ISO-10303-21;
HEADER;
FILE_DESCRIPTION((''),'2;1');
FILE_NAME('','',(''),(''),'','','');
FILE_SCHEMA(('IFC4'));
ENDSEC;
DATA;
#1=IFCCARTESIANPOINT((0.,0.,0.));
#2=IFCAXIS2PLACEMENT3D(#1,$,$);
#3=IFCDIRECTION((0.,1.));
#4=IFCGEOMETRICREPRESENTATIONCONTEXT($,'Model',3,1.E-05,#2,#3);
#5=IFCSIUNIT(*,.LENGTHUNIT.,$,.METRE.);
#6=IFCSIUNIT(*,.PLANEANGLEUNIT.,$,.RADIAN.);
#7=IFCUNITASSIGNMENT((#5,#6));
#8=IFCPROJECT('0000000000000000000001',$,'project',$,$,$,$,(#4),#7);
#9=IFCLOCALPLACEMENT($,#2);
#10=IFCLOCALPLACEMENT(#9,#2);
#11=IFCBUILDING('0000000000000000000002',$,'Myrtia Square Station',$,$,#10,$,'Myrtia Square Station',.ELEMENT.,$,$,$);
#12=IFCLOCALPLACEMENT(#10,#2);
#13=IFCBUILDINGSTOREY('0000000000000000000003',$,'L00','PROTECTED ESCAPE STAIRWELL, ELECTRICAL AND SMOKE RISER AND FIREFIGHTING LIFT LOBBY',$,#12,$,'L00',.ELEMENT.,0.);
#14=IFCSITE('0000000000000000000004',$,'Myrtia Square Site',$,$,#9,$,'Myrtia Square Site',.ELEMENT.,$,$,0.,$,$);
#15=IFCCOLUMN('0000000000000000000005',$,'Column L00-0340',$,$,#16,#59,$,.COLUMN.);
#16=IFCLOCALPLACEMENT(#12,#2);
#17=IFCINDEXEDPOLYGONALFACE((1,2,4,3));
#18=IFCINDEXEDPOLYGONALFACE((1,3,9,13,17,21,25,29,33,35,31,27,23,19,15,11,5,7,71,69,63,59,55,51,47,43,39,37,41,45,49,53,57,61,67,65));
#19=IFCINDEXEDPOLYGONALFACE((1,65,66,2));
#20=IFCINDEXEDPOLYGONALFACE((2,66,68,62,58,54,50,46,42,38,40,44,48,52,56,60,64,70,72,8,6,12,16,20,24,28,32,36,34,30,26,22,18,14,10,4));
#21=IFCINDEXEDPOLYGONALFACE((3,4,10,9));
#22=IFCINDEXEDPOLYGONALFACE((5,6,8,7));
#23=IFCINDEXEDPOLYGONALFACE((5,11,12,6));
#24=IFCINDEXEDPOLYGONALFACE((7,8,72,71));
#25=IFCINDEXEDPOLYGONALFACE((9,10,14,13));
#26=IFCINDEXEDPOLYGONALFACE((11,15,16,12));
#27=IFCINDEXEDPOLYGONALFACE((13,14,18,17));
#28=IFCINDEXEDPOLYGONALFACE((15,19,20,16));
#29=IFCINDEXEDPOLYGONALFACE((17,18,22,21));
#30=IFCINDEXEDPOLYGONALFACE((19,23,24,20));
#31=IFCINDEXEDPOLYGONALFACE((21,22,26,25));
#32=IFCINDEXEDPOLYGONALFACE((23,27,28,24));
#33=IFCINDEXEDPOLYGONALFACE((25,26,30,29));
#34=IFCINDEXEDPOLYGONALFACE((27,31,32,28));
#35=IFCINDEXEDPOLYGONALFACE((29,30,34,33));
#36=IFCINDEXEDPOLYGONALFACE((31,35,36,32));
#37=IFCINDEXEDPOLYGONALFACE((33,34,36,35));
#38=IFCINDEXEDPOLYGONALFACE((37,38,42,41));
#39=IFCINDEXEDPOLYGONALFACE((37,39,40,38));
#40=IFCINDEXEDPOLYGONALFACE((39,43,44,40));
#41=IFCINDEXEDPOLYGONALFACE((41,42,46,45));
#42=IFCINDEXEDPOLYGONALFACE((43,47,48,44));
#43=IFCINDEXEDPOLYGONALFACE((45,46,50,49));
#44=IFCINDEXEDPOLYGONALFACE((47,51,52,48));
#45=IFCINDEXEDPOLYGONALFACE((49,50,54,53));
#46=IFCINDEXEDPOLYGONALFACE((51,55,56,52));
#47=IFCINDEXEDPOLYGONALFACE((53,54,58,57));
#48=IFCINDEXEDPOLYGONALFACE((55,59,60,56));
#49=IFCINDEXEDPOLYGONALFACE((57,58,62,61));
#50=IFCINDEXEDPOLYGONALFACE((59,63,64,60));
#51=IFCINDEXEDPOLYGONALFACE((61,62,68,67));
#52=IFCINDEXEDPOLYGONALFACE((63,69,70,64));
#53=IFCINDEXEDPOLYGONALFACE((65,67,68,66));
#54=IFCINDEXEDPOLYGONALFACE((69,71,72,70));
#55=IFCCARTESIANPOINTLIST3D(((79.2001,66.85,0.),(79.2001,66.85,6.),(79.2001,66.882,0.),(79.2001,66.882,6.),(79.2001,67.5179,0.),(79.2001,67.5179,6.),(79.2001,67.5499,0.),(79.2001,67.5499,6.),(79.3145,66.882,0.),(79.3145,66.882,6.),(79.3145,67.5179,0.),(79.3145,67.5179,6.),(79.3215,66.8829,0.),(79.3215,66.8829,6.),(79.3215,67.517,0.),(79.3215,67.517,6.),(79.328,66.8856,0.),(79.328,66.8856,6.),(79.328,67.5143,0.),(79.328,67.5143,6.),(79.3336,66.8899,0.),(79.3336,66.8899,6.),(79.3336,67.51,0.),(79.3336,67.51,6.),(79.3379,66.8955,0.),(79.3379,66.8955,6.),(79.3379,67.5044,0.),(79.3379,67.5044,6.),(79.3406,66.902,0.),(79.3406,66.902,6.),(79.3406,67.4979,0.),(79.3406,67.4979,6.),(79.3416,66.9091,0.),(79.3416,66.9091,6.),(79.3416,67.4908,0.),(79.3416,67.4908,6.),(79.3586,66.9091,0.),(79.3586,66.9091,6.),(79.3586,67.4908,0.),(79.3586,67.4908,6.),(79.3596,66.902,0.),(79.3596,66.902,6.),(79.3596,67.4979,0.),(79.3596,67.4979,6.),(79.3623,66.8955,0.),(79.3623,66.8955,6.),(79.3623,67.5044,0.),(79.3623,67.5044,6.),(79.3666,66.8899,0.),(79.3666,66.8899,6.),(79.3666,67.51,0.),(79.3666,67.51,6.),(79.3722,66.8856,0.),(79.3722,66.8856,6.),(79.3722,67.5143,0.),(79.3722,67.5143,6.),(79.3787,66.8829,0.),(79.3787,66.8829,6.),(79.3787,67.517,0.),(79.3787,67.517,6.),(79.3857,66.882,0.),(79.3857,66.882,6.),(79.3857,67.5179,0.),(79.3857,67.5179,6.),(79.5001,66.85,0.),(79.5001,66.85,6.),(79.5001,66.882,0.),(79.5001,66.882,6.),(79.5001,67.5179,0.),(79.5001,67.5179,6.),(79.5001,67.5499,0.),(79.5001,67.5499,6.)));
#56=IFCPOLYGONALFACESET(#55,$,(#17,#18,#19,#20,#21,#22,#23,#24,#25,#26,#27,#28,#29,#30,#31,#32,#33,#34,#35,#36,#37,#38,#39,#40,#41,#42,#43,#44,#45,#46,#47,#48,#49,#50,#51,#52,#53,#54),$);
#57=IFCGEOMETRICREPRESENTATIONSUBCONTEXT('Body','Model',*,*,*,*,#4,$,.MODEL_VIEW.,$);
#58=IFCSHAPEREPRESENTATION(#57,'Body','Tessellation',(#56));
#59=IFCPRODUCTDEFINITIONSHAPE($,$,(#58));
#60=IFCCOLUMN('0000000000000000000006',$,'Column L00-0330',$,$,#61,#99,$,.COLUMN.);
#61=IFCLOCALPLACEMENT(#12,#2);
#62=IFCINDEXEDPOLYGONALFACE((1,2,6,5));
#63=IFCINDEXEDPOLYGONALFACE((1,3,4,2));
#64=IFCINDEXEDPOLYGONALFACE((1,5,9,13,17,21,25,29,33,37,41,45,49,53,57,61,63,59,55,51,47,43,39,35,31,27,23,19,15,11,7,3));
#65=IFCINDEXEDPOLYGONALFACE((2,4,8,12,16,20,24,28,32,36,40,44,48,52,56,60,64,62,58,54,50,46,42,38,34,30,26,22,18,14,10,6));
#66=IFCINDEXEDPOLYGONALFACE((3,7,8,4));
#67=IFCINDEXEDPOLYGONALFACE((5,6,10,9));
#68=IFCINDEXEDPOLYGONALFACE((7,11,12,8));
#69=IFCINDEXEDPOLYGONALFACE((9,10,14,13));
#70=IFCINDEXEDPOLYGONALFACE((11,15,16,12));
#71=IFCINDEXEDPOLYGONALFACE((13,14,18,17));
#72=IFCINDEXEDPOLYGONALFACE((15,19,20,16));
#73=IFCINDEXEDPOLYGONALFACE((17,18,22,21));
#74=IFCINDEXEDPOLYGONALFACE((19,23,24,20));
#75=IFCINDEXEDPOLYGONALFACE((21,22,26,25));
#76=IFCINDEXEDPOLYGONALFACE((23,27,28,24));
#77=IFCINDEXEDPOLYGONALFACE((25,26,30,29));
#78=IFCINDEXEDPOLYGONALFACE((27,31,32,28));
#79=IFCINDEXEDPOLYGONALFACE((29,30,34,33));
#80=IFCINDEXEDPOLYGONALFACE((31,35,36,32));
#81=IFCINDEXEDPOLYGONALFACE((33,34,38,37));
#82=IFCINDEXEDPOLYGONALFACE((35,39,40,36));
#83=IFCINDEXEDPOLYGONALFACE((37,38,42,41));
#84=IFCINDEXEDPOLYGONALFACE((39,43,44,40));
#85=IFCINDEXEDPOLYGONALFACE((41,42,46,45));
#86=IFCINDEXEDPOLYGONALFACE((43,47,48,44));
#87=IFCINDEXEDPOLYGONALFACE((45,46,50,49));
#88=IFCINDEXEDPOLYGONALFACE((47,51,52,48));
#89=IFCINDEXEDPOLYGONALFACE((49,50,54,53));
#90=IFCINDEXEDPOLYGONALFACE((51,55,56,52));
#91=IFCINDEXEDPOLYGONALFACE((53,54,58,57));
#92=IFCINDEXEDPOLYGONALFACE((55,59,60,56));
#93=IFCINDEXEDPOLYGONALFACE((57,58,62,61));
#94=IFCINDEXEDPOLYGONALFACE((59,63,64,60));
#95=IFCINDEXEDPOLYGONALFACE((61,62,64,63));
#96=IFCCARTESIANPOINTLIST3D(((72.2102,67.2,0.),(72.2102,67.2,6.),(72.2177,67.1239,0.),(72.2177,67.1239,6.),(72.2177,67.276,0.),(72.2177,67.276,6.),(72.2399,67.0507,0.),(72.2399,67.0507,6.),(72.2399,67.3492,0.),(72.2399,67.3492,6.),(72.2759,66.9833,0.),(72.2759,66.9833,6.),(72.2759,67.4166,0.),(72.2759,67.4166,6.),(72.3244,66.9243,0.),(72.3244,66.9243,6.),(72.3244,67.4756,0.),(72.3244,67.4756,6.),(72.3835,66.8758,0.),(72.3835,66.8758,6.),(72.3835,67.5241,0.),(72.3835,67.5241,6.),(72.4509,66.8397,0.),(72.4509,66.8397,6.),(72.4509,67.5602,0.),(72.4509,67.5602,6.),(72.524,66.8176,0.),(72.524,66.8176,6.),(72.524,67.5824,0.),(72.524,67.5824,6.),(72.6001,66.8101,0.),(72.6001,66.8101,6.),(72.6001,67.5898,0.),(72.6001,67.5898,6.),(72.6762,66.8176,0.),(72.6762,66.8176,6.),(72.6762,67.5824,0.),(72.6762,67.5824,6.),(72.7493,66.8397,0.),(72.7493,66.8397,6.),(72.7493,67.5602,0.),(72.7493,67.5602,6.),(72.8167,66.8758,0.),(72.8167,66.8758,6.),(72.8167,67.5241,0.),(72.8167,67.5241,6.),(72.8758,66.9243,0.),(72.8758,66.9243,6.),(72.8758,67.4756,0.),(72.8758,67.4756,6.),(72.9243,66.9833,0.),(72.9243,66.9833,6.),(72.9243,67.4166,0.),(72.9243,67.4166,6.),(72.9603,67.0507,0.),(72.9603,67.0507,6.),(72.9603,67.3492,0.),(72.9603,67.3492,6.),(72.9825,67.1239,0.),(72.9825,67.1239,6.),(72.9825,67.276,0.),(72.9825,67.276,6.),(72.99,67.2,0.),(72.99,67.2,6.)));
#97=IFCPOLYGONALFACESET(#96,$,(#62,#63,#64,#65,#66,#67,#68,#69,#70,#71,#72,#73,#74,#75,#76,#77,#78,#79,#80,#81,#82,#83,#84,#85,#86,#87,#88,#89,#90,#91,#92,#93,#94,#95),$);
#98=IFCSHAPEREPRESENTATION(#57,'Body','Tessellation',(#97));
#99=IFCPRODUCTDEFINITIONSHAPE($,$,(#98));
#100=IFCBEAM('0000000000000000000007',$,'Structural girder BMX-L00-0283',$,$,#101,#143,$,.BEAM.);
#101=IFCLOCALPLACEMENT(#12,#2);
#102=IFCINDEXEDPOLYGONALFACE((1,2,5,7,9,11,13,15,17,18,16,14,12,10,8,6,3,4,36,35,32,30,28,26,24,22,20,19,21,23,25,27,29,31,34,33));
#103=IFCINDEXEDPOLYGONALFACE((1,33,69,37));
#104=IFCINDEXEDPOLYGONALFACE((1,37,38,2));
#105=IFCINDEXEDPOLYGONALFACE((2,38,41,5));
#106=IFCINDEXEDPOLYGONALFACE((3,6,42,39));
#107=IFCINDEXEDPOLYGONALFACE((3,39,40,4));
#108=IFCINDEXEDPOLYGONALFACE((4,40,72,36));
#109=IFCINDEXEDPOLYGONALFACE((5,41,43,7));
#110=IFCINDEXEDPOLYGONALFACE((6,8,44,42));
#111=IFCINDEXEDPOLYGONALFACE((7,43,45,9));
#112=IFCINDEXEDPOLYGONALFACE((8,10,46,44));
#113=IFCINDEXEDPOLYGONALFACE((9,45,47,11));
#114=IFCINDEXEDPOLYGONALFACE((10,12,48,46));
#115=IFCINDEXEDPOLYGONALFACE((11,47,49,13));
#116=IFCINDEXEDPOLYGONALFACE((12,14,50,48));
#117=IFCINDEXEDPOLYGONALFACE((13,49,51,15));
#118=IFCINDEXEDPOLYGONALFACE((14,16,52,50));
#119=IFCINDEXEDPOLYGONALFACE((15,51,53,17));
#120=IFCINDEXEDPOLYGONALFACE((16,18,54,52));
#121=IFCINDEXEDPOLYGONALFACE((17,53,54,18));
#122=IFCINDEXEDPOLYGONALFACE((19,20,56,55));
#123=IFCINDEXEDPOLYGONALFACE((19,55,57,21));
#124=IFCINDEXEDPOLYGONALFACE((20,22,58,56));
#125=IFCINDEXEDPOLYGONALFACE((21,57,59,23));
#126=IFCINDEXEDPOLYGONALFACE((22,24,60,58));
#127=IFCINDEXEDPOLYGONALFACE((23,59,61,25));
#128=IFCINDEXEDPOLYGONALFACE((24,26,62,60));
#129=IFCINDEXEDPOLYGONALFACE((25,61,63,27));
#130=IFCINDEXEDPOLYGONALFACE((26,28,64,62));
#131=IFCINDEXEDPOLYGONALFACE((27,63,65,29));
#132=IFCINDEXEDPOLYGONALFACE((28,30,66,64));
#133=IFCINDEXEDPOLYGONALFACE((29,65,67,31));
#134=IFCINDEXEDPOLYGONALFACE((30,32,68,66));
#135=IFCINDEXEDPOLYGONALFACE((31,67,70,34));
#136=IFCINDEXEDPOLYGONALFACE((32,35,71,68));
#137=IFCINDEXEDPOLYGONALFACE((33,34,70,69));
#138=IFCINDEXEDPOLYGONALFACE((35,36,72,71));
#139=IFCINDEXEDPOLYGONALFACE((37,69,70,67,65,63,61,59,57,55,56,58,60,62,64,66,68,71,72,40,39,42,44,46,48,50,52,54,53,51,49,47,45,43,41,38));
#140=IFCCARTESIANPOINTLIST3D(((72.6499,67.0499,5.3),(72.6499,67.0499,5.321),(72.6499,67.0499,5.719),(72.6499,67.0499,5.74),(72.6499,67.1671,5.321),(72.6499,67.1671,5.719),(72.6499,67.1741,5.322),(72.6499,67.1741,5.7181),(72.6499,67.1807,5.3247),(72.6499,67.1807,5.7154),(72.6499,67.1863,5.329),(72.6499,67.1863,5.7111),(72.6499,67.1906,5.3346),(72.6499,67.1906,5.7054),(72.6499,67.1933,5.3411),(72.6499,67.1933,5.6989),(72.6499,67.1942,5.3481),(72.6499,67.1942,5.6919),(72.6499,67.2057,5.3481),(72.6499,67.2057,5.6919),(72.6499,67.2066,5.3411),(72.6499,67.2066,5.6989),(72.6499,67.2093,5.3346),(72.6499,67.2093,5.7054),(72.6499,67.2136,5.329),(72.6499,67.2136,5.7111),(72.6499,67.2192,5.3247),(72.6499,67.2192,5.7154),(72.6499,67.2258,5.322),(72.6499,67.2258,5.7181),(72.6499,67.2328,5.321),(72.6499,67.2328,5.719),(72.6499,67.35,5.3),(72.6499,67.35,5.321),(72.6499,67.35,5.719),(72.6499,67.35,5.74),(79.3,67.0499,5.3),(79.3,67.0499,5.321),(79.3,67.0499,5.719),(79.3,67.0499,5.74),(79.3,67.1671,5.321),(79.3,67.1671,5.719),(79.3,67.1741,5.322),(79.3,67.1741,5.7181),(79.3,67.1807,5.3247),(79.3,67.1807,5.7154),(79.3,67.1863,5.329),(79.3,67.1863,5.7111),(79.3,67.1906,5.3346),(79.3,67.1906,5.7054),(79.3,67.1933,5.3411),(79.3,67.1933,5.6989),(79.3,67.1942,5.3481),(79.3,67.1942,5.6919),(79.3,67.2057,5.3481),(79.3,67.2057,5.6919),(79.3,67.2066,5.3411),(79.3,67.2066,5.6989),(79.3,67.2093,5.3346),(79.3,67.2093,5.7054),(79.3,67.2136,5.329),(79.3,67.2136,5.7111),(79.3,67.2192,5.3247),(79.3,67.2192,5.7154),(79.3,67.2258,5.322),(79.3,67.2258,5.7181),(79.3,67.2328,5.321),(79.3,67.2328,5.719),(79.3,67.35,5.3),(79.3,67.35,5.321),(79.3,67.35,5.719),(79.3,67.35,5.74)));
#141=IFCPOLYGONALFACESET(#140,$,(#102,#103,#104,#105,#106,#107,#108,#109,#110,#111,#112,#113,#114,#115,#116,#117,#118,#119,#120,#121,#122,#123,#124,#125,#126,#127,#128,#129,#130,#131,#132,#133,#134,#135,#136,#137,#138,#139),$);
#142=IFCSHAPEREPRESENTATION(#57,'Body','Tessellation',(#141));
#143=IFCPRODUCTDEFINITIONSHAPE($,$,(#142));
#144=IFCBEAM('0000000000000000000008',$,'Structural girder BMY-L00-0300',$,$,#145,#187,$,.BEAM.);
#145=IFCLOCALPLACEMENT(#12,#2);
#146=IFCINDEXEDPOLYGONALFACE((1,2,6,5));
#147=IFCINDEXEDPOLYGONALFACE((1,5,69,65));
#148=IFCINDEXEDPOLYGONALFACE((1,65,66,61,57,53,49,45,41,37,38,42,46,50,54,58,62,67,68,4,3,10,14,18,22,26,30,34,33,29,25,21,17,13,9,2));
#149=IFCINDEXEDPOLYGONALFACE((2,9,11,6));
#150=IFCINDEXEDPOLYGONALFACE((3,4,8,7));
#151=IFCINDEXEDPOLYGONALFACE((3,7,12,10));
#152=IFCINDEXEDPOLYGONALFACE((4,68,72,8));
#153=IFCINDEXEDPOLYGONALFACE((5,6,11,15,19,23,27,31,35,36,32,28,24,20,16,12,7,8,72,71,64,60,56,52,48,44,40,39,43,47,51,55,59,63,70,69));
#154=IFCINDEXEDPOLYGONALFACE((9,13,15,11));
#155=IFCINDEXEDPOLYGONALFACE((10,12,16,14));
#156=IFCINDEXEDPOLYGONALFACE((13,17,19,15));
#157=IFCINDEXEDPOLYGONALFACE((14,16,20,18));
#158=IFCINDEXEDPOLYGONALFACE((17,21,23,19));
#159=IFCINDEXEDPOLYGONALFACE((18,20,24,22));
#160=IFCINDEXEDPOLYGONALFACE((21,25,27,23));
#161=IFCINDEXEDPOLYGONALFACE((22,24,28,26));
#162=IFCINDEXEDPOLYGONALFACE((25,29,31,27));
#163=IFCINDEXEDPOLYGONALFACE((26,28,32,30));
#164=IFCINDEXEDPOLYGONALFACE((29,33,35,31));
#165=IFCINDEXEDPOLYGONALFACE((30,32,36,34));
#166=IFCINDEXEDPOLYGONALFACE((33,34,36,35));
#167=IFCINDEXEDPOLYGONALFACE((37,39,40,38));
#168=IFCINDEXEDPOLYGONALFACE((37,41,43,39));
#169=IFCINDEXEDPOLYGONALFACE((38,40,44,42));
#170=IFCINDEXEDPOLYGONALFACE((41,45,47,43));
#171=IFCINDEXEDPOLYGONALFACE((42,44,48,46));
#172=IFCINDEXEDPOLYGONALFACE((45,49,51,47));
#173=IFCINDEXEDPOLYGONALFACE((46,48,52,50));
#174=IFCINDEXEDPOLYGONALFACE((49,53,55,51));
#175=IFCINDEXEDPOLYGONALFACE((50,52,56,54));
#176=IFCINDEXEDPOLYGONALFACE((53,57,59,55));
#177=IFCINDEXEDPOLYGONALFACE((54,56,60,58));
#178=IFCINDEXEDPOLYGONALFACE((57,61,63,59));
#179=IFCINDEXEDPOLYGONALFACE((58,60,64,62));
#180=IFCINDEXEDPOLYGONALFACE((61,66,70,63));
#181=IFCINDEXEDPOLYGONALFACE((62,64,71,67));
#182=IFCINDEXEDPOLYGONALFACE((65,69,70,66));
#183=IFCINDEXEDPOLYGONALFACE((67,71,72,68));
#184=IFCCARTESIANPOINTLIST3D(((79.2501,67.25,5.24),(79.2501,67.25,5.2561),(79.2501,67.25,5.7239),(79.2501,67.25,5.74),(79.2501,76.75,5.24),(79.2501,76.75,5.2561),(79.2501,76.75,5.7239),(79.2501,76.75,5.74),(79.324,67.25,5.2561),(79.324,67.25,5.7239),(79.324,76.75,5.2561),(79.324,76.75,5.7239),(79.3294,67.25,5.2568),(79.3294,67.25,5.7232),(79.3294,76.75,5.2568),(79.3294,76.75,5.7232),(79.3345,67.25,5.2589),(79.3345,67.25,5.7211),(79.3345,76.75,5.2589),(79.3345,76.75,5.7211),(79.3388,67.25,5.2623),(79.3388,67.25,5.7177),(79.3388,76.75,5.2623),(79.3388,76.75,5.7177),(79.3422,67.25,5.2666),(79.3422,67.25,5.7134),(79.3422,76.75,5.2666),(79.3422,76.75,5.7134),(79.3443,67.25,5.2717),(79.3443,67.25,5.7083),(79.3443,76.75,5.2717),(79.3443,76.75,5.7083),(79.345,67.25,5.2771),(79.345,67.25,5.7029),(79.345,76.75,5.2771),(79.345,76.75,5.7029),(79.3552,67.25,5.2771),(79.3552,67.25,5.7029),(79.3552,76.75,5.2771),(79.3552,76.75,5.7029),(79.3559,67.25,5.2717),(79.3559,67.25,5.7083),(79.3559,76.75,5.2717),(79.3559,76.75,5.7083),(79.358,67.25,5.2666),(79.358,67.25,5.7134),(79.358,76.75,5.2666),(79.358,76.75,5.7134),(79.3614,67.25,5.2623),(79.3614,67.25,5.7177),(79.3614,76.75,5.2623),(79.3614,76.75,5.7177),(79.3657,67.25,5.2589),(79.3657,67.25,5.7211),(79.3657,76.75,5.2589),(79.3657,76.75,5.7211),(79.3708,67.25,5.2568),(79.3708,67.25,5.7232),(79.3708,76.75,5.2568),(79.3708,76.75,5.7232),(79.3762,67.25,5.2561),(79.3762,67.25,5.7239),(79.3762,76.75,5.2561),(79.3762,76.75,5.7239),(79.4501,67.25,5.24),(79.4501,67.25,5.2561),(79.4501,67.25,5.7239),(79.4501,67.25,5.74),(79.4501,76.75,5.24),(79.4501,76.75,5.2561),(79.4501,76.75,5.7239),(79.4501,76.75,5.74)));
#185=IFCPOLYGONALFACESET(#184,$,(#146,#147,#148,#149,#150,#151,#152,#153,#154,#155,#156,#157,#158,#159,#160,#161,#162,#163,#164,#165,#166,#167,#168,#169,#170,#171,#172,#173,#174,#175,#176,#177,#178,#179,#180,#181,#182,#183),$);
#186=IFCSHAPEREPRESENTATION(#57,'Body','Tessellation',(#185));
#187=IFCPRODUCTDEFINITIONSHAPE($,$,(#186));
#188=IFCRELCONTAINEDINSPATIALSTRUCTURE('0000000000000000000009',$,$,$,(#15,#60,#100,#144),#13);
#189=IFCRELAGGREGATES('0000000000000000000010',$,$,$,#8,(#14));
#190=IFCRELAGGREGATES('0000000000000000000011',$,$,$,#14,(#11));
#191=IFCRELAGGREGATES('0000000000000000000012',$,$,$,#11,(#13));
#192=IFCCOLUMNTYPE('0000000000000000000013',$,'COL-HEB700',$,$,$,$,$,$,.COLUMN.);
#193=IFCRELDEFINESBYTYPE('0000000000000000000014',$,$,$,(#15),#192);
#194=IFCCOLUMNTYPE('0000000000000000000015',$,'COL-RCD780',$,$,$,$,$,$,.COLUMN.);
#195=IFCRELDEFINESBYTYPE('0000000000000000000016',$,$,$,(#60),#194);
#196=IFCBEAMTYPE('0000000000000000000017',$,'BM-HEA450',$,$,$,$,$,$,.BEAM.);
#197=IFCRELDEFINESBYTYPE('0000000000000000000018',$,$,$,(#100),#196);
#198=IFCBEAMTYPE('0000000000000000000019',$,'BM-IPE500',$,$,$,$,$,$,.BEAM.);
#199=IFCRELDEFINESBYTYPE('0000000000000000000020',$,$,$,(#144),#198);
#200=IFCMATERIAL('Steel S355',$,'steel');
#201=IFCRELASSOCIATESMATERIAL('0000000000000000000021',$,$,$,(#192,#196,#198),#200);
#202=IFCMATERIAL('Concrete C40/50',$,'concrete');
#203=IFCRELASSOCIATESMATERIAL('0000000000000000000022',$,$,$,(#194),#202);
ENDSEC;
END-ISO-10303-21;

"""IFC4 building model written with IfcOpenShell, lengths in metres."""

from ifc_helpers import new_model, si_unit, direction, frame, origin, origin_2d, place, context, subcontext, project, spatial, circle, i_section, extrude, material, material_profile, profile_set, type_object, element, save


model = new_model("IFC4")

# Units and contexts
model_context = context("Model", 3, precision=1e-05, world=origin(), true_north=direction((0.0, 1.0)))
body_context = subcontext(model_context, "Body", "Model", "MODEL_VIEW")
ifc_project = project(units=[si_unit("LENGTHUNIT", "METRE"), si_unit("PLANEANGLEUNIT", "RADIAN")], contexts=[model_context])

# Site, building, storey
site_placement = place(None, origin())
site = spatial("IfcSite", under=ifc_project, at=site_placement, Name="Myrtia Square Site", LongName="Myrtia Square Site", CompositionType="ELEMENT", RefElevation=0.0)
building_placement = place(site_placement, origin())
building = spatial("IfcBuilding", under=site, at=building_placement, Name="Myrtia Square Station", LongName="Myrtia Square Station", CompositionType="ELEMENT")
storey_placement = place(building_placement, origin())
storey = spatial("IfcBuildingStorey", under=building, at=storey_placement, Name="L00", Description="PROTECTED ESCAPE STAIRWELL, ELECTRICAL AND SMOKE RISER AND FIREFIGHTING LIFT LOBBY", LongName="L00", CompositionType="ELEMENT", Elevation=0.0)

# Columns
ifc_material_1 = material(Name="Steel S355", Category="steel")
ifc_material_profile_1 = material_profile(ifc_material_1, i_section(OverallWidth=0.3, OverallDepth=0.7, WebThickness=0.0171, FlangeThickness=0.032, FilletRadius=0.0271, at=origin_2d()), Name="HEB 700")
ifc_profile_set_1 = profile_set([ifc_material_profile_1], Name="Steel S355")
column_type_1 = type_object("IfcColumnType", Name="COL-HEB700", PredefinedType="COLUMN", material=ifc_profile_set_1)
column_1_placement = place(storey_placement, frame((79.3501, 67.2, 0.0), z_axis=(0.0, 0.0, 1.0), x_axis=(1.0, 0.0, 0.0)))
element("IfcColumn", 1, at=column_1_placement, inside=storey, type_object=column_type_1, Name="Column L00-0340", PredefinedType="COLUMN", context=body_context, shape_type="SweptSolid", body=[
    extrude(i_section(OverallWidth=0.3, OverallDepth=0.7, WebThickness=0.0171, FlangeThickness=0.032, FilletRadius=0.0271, at=origin_2d()), origin(), (0.0, 0.0, 1.0), 6.0),
])
ifc_material_2 = material(Name="Concrete C40/50", Category="concrete")
ifc_material_profile_2 = material_profile(ifc_material_2, circle(Radius=0.3899, at=origin_2d()), Name="RC D780")
ifc_profile_set_2 = profile_set([ifc_material_profile_2], Name="Concrete C40/50")
column_type_2 = type_object("IfcColumnType", Name="COL-RCD780", PredefinedType="COLUMN", material=ifc_profile_set_2)
column_2_placement = place(storey_placement, frame((72.6001, 67.2, 0.0), z_axis=(0.0, 0.0, 1.0), x_axis=(1.0, 0.0, 0.0)))
element("IfcColumn", 2, at=column_2_placement, inside=storey, type_object=column_type_2, Name="Column L00-0330", PredefinedType="COLUMN", context=body_context, shape_type="SweptSolid", body=[
    extrude(circle(Radius=0.3899, at=origin_2d()), origin(), (0.0, 0.0, 1.0), 6.0),
])

# Beams
ifc_material_profile_3 = material_profile(ifc_material_1, i_section(OverallWidth=0.3, OverallDepth=0.4399, WebThickness=0.0115, FlangeThickness=0.021, FilletRadius=0.0271, at=origin_2d()), Name="HEA 450")
ifc_profile_set_3 = profile_set([ifc_material_profile_3], Name="Steel S355")
beam_type_1 = type_object("IfcBeamType", Name="BM-HEA450", PredefinedType="BEAM", material=ifc_profile_set_3)
beam_1_placement = place(storey_placement, frame((72.6499, 67.2, 5.52), z_axis=(1.0, 0.0, 0.0), x_axis=(0.0, 1.0, 0.0)))
element("IfcBeam", 3, at=beam_1_placement, inside=storey, type_object=beam_type_1, Name="Structural girder BMX-L00-0283", PredefinedType="BEAM", context=body_context, shape_type="SweptSolid", body=[
    extrude(i_section(OverallWidth=0.3, OverallDepth=0.4399, WebThickness=0.0115, FlangeThickness=0.021, FilletRadius=0.0271, at=origin_2d()), origin(), (0.0, 0.0, 1.0), 6.6501),
])
ifc_material_profile_4 = material_profile(ifc_material_1, i_section(OverallWidth=0.2, OverallDepth=0.5, WebThickness=0.0103, FlangeThickness=0.0161, FilletRadius=0.021, at=origin_2d()), Name="IPE 500")
ifc_profile_set_4 = profile_set([ifc_material_profile_4], Name="Steel S355")
beam_type_2 = type_object("IfcBeamType", Name="BM-IPE500", PredefinedType="BEAM", material=ifc_profile_set_4)
beam_2_placement = place(storey_placement, frame((79.3501, 67.25, 5.49), z_axis=(0.0, 1.0, 0.0), x_axis=(-1.0, 0.0, 0.0)))
element("IfcBeam", 4, at=beam_2_placement, inside=storey, type_object=beam_type_2, Name="Structural girder BMY-L00-0300", PredefinedType="BEAM", context=body_context, shape_type="SweptSolid", body=[
    extrude(i_section(OverallWidth=0.2, OverallDepth=0.5, WebThickness=0.0103, FlangeThickness=0.0161, FilletRadius=0.021, at=origin_2d()), origin(), (0.0, 0.0, 1.0), 9.5),
])

save(model, "model.ifc")
